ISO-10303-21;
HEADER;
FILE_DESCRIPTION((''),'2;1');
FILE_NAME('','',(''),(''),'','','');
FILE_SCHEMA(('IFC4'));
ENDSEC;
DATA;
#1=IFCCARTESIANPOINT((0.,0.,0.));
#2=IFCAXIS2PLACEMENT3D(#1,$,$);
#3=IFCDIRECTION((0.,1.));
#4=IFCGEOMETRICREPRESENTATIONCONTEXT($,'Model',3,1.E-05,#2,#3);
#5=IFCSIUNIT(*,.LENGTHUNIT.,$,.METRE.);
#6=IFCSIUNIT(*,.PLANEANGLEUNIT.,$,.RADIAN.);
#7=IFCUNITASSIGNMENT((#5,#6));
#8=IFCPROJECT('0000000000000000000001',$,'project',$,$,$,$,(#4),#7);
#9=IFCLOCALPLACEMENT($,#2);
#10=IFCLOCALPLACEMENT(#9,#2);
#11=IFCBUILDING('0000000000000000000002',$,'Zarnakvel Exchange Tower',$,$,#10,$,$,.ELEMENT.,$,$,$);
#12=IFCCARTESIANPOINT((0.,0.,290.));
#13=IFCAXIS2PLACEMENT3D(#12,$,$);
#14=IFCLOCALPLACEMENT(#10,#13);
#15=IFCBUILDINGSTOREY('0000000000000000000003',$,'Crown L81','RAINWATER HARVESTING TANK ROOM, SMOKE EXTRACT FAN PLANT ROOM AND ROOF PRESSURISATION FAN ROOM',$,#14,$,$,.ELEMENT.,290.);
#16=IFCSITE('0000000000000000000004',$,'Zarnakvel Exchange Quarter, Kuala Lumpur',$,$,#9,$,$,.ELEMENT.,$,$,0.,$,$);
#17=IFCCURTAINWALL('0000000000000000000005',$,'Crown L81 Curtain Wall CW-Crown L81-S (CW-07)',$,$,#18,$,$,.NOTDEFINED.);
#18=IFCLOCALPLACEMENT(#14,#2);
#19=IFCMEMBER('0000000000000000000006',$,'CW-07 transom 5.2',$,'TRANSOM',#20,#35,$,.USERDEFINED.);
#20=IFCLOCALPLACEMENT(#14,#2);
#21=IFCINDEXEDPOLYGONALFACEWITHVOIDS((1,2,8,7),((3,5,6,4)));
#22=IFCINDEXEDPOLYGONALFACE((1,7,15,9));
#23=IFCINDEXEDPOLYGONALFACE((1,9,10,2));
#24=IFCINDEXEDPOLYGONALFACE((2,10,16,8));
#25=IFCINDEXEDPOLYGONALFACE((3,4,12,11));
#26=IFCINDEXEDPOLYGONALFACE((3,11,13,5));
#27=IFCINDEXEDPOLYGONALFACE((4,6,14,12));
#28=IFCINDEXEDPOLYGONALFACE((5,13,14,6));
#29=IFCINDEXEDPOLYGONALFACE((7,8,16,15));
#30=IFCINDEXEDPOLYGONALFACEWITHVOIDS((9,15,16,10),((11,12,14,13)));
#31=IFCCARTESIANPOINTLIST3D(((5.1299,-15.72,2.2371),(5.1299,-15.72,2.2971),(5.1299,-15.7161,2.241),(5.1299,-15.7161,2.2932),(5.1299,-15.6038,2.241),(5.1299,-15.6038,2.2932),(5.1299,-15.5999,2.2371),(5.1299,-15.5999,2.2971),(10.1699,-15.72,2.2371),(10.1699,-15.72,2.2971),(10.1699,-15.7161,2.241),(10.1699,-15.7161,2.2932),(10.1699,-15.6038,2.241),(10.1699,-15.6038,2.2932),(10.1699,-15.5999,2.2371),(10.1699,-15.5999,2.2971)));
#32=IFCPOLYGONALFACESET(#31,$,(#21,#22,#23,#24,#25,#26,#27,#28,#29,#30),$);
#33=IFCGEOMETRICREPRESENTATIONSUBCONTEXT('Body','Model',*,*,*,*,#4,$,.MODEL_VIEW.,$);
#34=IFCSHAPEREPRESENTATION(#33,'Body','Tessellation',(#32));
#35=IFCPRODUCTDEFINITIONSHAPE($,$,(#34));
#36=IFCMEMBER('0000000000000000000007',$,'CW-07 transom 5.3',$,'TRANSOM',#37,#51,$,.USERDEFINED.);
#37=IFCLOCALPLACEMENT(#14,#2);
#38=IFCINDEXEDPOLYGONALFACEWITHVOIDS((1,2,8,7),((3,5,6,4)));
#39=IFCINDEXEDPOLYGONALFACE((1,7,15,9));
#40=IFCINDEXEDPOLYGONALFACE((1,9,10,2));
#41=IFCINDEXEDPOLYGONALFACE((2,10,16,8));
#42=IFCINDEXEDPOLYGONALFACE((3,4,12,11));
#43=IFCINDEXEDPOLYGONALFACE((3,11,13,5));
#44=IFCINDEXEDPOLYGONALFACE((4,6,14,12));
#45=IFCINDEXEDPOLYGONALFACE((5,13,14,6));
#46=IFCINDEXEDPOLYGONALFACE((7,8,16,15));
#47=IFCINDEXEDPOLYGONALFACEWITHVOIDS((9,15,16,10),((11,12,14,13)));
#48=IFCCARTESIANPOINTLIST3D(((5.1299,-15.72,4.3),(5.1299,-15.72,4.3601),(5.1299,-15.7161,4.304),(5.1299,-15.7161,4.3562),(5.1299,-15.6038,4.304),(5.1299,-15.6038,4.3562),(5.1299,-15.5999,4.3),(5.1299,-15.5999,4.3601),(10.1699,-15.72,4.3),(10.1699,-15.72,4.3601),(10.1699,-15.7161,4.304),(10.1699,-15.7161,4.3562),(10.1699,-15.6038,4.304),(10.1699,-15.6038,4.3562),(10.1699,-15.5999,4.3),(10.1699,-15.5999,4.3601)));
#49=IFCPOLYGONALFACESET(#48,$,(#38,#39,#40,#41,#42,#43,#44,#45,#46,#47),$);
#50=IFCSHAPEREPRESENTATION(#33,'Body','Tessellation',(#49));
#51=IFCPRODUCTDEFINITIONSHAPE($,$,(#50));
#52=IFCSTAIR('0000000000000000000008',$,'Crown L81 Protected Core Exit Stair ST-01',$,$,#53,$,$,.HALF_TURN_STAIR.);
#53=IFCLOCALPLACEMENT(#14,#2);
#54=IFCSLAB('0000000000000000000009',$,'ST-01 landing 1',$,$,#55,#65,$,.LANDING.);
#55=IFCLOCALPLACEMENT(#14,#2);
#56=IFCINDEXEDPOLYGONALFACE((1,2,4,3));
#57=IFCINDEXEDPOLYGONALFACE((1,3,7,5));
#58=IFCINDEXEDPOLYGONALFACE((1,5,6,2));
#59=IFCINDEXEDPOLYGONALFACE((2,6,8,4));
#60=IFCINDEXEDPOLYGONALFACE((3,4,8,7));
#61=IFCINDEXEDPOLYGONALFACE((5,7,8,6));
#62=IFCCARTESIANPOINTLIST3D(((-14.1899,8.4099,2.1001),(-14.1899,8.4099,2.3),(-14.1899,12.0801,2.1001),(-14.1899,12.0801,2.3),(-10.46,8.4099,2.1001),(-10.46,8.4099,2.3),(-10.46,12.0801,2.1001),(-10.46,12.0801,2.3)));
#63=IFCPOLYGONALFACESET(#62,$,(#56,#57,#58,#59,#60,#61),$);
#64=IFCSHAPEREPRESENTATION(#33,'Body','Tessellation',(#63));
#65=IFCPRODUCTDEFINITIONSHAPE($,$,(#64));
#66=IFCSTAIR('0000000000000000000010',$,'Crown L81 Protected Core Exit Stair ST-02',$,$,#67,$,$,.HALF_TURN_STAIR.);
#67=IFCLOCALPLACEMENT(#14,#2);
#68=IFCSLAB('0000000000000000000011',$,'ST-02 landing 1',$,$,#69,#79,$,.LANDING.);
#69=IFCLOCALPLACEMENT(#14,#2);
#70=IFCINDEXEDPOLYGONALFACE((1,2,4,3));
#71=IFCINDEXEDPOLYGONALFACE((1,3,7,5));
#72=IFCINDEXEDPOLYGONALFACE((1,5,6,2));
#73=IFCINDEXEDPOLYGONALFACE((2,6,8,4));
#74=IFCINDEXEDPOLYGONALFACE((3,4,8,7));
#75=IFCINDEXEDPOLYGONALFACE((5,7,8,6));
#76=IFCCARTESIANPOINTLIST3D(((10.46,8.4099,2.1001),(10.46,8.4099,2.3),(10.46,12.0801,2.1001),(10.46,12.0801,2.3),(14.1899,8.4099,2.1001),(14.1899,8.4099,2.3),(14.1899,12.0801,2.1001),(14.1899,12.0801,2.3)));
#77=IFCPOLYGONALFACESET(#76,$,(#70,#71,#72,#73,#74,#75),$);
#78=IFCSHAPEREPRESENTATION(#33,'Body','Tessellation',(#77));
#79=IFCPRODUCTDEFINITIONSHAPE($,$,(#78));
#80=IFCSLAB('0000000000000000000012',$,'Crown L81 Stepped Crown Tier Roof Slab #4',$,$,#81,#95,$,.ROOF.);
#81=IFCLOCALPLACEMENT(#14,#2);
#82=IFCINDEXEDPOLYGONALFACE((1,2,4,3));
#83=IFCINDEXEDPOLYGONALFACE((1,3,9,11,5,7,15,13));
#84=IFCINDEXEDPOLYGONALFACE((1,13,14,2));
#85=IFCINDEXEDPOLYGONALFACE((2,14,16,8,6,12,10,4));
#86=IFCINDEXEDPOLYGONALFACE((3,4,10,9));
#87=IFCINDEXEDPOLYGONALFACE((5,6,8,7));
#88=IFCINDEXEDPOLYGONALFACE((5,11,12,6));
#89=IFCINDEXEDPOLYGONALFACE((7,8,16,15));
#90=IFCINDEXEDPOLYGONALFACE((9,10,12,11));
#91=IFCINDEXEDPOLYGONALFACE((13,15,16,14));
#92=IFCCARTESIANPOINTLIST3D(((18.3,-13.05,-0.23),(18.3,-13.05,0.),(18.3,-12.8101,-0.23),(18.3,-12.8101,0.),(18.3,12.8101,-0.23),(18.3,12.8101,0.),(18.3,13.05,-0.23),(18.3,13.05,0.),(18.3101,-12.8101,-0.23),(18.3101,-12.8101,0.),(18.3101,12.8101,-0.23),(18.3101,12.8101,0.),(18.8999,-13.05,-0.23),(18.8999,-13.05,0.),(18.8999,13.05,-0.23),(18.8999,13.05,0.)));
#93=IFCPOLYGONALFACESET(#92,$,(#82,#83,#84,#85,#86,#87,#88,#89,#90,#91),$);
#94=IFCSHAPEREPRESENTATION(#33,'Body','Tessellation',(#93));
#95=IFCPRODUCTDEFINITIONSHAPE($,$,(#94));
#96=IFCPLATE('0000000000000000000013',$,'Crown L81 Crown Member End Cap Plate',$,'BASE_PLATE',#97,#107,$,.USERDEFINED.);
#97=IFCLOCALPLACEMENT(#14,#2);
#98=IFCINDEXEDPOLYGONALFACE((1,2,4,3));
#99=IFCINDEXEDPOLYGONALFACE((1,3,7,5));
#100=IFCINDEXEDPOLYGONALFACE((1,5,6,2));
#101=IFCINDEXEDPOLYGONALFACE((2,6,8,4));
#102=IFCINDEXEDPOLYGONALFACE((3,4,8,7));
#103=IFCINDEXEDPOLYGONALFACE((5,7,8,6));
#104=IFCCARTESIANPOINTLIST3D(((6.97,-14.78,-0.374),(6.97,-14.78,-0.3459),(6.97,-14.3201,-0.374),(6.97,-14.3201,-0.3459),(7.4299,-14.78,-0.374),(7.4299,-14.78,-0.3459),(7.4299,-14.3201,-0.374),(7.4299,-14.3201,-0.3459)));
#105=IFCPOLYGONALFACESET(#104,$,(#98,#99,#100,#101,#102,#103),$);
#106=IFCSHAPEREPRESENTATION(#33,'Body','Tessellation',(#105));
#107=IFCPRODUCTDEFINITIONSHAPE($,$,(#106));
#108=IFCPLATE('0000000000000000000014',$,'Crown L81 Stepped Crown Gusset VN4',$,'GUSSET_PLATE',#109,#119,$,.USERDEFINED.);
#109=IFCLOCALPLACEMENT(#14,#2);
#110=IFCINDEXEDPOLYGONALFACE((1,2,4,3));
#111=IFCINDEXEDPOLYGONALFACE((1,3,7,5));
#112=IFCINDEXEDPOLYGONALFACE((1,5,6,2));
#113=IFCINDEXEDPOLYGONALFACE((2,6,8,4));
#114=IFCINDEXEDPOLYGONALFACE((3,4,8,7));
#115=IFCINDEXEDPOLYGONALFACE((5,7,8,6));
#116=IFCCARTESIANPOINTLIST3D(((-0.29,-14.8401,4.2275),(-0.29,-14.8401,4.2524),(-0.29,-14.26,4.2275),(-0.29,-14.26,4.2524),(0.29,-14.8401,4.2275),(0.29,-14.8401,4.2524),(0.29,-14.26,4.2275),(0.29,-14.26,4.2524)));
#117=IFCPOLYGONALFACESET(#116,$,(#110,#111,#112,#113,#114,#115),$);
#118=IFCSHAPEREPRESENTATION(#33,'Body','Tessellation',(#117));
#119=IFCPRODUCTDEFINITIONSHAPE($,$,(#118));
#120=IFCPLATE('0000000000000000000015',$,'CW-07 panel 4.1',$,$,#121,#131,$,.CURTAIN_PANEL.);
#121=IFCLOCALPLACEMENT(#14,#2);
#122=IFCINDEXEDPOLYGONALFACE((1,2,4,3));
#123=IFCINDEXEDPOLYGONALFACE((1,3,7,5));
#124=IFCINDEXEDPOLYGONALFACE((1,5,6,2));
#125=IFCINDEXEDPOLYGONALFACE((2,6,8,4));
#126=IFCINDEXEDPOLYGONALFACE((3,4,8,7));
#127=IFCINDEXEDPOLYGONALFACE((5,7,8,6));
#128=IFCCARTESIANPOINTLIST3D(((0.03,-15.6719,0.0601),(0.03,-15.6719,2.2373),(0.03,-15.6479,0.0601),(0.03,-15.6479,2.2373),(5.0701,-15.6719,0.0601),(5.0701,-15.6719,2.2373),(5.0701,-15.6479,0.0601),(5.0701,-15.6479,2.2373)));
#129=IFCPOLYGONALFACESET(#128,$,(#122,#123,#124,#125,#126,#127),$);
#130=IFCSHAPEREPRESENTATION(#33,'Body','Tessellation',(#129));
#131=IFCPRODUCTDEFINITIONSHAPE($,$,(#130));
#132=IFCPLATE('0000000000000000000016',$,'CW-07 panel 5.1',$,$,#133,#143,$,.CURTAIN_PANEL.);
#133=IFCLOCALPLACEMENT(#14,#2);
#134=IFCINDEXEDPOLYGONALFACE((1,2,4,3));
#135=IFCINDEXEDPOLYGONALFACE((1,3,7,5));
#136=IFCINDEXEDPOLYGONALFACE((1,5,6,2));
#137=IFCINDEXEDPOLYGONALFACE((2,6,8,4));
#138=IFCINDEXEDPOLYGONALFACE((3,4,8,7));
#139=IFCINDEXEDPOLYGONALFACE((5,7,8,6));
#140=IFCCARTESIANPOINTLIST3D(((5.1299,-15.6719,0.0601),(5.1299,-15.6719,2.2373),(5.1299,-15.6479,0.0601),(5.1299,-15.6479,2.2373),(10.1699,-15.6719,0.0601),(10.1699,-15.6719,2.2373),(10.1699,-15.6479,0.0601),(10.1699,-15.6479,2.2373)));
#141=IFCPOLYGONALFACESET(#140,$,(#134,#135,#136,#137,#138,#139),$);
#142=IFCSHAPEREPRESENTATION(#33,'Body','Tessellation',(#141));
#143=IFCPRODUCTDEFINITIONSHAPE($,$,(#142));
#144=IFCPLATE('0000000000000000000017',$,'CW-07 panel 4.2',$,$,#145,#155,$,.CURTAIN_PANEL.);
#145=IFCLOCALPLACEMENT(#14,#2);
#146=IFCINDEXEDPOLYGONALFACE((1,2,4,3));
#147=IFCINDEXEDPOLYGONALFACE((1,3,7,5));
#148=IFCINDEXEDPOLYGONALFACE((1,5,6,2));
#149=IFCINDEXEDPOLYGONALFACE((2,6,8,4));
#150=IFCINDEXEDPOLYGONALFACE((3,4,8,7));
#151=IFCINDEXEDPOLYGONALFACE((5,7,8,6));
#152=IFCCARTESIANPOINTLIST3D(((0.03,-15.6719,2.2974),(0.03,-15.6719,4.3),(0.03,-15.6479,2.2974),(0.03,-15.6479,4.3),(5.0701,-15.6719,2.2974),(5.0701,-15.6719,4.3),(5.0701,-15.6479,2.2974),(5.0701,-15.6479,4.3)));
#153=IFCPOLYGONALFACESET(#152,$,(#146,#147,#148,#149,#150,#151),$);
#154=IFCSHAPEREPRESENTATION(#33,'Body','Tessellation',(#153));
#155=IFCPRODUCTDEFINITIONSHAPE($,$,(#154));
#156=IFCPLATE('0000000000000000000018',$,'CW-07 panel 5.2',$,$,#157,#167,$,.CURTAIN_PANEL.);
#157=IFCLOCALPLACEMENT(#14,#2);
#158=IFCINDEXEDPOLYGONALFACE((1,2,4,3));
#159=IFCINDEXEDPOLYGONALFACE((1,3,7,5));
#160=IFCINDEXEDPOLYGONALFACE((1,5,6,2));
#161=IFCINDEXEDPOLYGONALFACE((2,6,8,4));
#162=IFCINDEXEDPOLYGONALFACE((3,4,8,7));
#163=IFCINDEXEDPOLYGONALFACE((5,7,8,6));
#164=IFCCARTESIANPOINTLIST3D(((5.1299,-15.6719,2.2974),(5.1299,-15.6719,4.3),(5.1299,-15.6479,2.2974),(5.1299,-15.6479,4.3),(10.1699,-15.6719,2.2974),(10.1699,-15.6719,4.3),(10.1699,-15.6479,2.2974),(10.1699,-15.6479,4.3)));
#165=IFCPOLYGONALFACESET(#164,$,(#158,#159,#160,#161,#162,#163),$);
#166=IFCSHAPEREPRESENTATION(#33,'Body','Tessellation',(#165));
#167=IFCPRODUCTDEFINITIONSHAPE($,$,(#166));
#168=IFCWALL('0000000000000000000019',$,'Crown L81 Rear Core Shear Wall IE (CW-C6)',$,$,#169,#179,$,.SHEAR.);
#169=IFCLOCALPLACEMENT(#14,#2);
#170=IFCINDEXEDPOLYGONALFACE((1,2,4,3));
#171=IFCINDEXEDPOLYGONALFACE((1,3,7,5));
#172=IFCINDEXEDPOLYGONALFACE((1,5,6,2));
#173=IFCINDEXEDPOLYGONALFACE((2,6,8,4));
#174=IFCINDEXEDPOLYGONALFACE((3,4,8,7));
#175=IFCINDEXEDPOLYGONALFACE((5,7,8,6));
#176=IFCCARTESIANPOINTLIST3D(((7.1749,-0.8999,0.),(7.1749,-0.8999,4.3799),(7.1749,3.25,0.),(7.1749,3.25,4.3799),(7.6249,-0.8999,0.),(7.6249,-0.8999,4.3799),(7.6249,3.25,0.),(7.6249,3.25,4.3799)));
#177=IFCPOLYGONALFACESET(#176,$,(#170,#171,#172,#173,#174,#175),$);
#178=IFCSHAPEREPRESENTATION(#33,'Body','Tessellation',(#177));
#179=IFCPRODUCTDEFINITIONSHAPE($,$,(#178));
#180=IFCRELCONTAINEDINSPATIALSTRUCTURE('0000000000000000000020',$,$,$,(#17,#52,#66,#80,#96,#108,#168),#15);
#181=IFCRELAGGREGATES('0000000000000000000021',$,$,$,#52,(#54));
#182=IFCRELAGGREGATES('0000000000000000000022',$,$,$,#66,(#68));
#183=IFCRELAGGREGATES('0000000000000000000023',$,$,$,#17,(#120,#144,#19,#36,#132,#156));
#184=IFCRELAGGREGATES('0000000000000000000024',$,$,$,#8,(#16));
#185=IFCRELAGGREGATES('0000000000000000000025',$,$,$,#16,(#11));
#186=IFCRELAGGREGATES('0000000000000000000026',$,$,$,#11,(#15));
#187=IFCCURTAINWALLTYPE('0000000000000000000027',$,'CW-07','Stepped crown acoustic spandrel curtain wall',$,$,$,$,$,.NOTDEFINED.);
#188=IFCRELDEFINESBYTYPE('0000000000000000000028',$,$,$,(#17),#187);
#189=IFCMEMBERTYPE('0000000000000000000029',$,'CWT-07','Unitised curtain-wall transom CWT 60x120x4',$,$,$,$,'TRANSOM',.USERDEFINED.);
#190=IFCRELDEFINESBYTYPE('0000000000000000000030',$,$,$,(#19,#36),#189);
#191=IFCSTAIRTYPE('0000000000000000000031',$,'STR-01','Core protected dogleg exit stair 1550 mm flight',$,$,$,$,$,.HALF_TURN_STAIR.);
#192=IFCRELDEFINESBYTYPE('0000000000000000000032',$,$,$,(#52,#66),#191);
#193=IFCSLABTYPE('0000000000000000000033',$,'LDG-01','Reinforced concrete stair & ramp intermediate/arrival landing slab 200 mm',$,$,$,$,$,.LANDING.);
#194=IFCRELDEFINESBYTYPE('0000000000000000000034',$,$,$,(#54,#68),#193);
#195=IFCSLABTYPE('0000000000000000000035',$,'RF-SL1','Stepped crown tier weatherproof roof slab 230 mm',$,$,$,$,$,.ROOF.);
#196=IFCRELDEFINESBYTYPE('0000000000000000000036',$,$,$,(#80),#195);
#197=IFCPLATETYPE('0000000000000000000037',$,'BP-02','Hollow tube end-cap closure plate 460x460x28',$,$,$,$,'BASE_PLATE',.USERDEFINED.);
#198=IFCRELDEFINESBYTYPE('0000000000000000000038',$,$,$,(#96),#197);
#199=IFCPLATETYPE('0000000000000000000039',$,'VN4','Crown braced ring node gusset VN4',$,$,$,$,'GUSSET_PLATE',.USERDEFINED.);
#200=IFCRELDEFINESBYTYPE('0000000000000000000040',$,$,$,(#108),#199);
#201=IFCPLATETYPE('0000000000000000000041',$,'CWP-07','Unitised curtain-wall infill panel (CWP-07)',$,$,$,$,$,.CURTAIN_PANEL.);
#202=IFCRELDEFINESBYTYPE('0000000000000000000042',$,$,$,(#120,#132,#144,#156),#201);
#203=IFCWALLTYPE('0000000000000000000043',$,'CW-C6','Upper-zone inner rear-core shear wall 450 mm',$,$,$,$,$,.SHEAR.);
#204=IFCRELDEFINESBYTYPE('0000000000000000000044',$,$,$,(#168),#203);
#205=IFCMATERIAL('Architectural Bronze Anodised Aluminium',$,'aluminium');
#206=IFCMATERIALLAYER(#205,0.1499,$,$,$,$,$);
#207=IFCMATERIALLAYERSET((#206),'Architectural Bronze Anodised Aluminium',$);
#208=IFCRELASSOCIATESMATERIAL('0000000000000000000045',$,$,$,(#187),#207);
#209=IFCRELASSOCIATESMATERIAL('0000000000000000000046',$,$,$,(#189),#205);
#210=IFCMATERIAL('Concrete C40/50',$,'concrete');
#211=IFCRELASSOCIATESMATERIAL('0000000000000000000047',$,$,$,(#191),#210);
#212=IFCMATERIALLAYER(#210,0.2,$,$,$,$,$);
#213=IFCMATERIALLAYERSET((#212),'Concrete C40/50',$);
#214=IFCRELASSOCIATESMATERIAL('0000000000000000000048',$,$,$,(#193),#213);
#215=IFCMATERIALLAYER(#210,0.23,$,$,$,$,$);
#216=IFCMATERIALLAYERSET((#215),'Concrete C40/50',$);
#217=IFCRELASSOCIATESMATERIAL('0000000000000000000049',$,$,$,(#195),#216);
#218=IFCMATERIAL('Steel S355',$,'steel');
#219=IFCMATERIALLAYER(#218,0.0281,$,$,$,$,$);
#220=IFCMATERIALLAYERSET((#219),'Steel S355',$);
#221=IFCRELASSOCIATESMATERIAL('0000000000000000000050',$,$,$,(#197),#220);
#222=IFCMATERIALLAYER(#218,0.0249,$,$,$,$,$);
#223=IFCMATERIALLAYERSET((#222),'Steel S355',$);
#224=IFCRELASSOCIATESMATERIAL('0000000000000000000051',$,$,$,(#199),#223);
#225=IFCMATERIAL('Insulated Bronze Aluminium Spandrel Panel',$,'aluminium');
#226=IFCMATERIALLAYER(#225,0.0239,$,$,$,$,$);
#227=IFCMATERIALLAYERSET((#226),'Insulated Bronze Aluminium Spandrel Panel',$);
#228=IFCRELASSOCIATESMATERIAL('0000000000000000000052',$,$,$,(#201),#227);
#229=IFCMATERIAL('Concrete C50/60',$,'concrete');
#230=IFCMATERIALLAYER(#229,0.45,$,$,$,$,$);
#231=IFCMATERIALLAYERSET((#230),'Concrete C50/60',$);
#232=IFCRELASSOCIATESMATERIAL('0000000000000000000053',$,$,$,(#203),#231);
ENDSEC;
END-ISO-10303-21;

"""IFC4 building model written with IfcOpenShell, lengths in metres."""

from ifc_helpers import new_model, si_unit, direction, frame, frame_2d, origin, origin_2d, place, context, subcontext, project, spatial, polyline, rectangle, hollow_rectangle, outline, extrude, source, transform, mapped, material, layer, layer_set, material_profile, profile_set, type_object, element, aggregate, save


model = new_model("IFC4")

# Units and contexts
model_context = context("Model", 3, precision=1e-05, world=origin(), true_north=direction((0.0, 1.0)))
body_context = subcontext(model_context, "Body", "Model", "MODEL_VIEW")
ifc_project = project(units=[si_unit("LENGTHUNIT", "METRE"), si_unit("PLANEANGLEUNIT", "RADIAN")], contexts=[model_context])

# Site, building, storey
site_placement = place(None, origin())
site = spatial("IfcSite", under=ifc_project, at=site_placement, Name="Zarnakvel Exchange Quarter, Kuala Lumpur", CompositionType="ELEMENT", RefElevation=0.0)
building_placement = place(site_placement, origin())
building = spatial("IfcBuilding", under=site, at=building_placement, Name="Zarnakvel Exchange Tower", CompositionType="ELEMENT")
storey_placement = place(building_placement, frame((0.0, 0.0, 290.0)))
storey = spatial("IfcBuildingStorey", under=building, at=storey_placement, Name="Crown L81", Description="RAINWATER HARVESTING TANK ROOM, SMOKE EXTRACT FAN PLANT ROOM AND ROOF PRESSURISATION FAN ROOM", CompositionType="ELEMENT", Elevation=290.0)

# Shared definitions
ifc_material_1 = material(Name="Concrete C50/60", Category="concrete")
ifc_material_2 = material(Name="Steel S355", Category="steel")

# Curtain wall, members
ifc_material_3 = material(Name="Architectural Bronze Anodised Aluminium", Category="aluminium")
ifc_layer_1 = layer(ifc_material_3, 0.1499)
ifc_layer_set_1 = layer_set([ifc_layer_1], Name="Architectural Bronze Anodised Aluminium")
curtain_wall_type = type_object("IfcCurtainWallType", Name="CW-07", Description="Stepped crown acoustic spandrel curtain wall", PredefinedType="NOTDEFINED", material=ifc_layer_set_1)
curtain_wall_placement = place(storey_placement, origin())
curtain_wall = element("IfcCurtainWall", 1, at=curtain_wall_placement, inside=storey, type_object=curtain_wall_type, Name="Crown L81 Curtain Wall CW-Crown L81-S (CW-07)", PredefinedType="NOTDEFINED")
ifc_material_profile_1 = material_profile(ifc_material_3, hollow_rectangle(XDim=0.1201, YDim=0.0601, WallThickness=0.0039, at=origin_2d()))
ifc_profile_set_1 = profile_set([ifc_material_profile_1], Name="Architectural Bronze Anodised Aluminium")
member_type_1 = type_object("IfcMemberType", Name="CWT-07", Description="Unitised curtain-wall transom CWT 60x120x4", ElementType="TRANSOM", PredefinedType="USERDEFINED", material=ifc_profile_set_1)
shared_shape_1 = source(origin(), body_context, "Body", "SweptSolid", [
    extrude(hollow_rectangle(XDim=0.1201, YDim=0.0601, WallThickness=0.0039, at=origin_2d()), origin(), (0.0, 0.0, 1.0), 5.04),
])
member_1_placement = place(storey_placement, frame((5.1299, -15.6599, 2.2671), z_axis=(1.0, 0.0, 0.0), x_axis=(0.0, 1.0, 0.0)))
member_1 = element("IfcMember", 2, at=member_1_placement, type_object=member_type_1, Name="CW-07 transom 5.2", ObjectType="TRANSOM", PredefinedType="USERDEFINED", context=body_context, shape_type="MappedRepresentation", body=[
    mapped(shared_shape_1, transform((0.0, 0.0, 0.0), x_axis=(1.0, 0.0, 0.0), y_axis=(0.0, 1.0, 0.0), z_axis=(0.0, 0.0, 1.0), scale=1.0)),
])
member_2_placement = place(storey_placement, frame((5.1299, -15.6599, 4.3301), z_axis=(1.0, 0.0, 0.0), x_axis=(0.0, 1.0, 0.0)))
member_2 = element("IfcMember", 3, at=member_2_placement, type_object=member_type_1, Name="CW-07 transom 5.3", ObjectType="TRANSOM", PredefinedType="USERDEFINED", context=body_context, shape_type="MappedRepresentation", body=[
    mapped(shared_shape_1, transform((0.0, 0.0, 0.0), x_axis=(1.0, 0.0, 0.0), y_axis=(0.0, 1.0, 0.0), z_axis=(0.0, 0.0, 1.0), scale=1.0)),
])

# Stairs, slabs
ifc_material_4 = material(Name="Concrete C40/50", Category="concrete")
stair_type = type_object("IfcStairType", Name="STR-01", Description="Core protected dogleg exit stair 1550 mm flight", PredefinedType="HALF_TURN_STAIR", material=ifc_material_4)
stair_1_placement = place(storey_placement, origin())
stair_1 = element("IfcStair", 4, at=stair_1_placement, inside=storey, type_object=stair_type, Name="Crown L81 Protected Core Exit Stair ST-01", PredefinedType="HALF_TURN_STAIR")
ifc_layer_2 = layer(ifc_material_4, 0.2)
ifc_layer_set_2 = layer_set([ifc_layer_2], Name="Concrete C40/50")
slab_type_1 = type_object("IfcSlabType", Name="LDG-01", Description="Reinforced concrete stair & ramp intermediate/arrival landing slab 200 mm", PredefinedType="LANDING", material=ifc_layer_set_2)
slab_1_placement = place(storey_placement, frame((0.0, 0.0, 2.1001)))
slab_1 = element("IfcSlab", 5, at=slab_1_placement, type_object=slab_type_1, Name="ST-01 landing 1", PredefinedType="LANDING", context=body_context, shape_type="SweptSolid", body=[
    extrude(outline(polyline([(-14.1899, 8.4099), (-10.46, 8.4099), (-10.46, 12.0801), (-14.1899, 12.0801), (-14.1899, 8.4099)])), origin(), (0.0, 0.0, 1.0), 0.2),
])
aggregate(stair_1, [slab_1])
stair_2_placement = place(storey_placement, origin())
stair_2 = element("IfcStair", 6, at=stair_2_placement, inside=storey, type_object=stair_type, Name="Crown L81 Protected Core Exit Stair ST-02", PredefinedType="HALF_TURN_STAIR")
slab_2_placement = place(storey_placement, frame((0.0, 0.0, 2.1001)))
slab_2 = element("IfcSlab", 7, at=slab_2_placement, type_object=slab_type_1, Name="ST-02 landing 1", PredefinedType="LANDING", context=body_context, shape_type="SweptSolid", body=[
    extrude(outline(polyline([(10.46, 8.4099), (14.1899, 8.4099), (14.1899, 12.0801), (10.46, 12.0801), (10.46, 8.4099)])), origin(), (0.0, 0.0, 1.0), 0.2),
])
aggregate(stair_2, [slab_2])

# Slab
ifc_layer_3 = layer(ifc_material_4, 0.23)
ifc_layer_set_3 = layer_set([ifc_layer_3], Name="Concrete C40/50")
slab_type_2 = type_object("IfcSlabType", Name="RF-SL1", Description="Stepped crown tier weatherproof roof slab 230 mm", PredefinedType="ROOF", material=ifc_layer_set_3)
slab_3_placement = place(storey_placement, frame((0.0, 0.0, -0.23)))
element("IfcSlab", 8, at=slab_3_placement, inside=storey, type_object=slab_type_2, Name="Crown L81 Stepped Crown Tier Roof Slab #4", PredefinedType="ROOF", context=body_context, shape_type="SweptSolid", body=[
    extrude(outline(polyline([(18.8999, 13.05), (18.8999, -13.05), (18.3, -13.05), (18.3, -12.8101), (18.3101, -12.8101), (18.3101, 12.8101), (18.3, 12.8101), (18.3, 13.05), (18.8999, 13.05)])), origin(), (0.0, 0.0, 1.0), 0.23),
])

# Plates
ifc_layer_4 = layer(ifc_material_2, 0.0281)
ifc_layer_set_4 = layer_set([ifc_layer_4], Name="Steel S355")
plate_type_1 = type_object("IfcPlateType", Name="BP-02", Description="Hollow tube end-cap closure plate 460x460x28", ElementType="BASE_PLATE", PredefinedType="USERDEFINED", material=ifc_layer_set_4)
shared_shape_2 = source(origin(), body_context, "Body", "SweptSolid", [
    extrude(rectangle(XDim=0.46, YDim=0.46, at=origin_2d()), origin(), (0.0, 0.0, 1.0), 0.0281),
])
plate_1_placement = place(storey_placement, frame((7.2, -14.55, -0.374), z_axis=(0.0, 0.0, 1.0), x_axis=(1.0, 0.0, 0.0)))
element("IfcPlate", 9, at=plate_1_placement, inside=storey, type_object=plate_type_1, Name="Crown L81 Crown Member End Cap Plate", ObjectType="BASE_PLATE", PredefinedType="USERDEFINED", context=body_context, shape_type="MappedRepresentation", body=[
    mapped(shared_shape_2, transform((0.0, 0.0, 0.0), x_axis=(1.0, 0.0, 0.0), y_axis=(0.0, 1.0, 0.0), z_axis=(0.0, 0.0, 1.0), scale=1.0)),
])
ifc_layer_5 = layer(ifc_material_2, 0.0249)
ifc_layer_set_5 = layer_set([ifc_layer_5], Name="Steel S355")
plate_type_2 = type_object("IfcPlateType", Name="VN4", Description="Crown braced ring node gusset VN4", ElementType="GUSSET_PLATE", PredefinedType="USERDEFINED", material=ifc_layer_set_5)
shared_shape_3 = source(origin(), body_context, "Body", "SweptSolid", [
    extrude(rectangle(XDim=0.5801, YDim=0.5801, at=origin_2d()), origin(), (0.0, 0.0, 1.0), 0.0249),
])
plate_2_placement = place(storey_placement, frame((0.0, -14.55, 4.2275), z_axis=(0.0, 0.0, 1.0), x_axis=(1.0, 0.0, 0.0)))
element("IfcPlate", 10, at=plate_2_placement, inside=storey, type_object=plate_type_2, Name="Crown L81 Stepped Crown Gusset VN4", ObjectType="GUSSET_PLATE", PredefinedType="USERDEFINED", context=body_context, shape_type="MappedRepresentation", body=[
    mapped(shared_shape_3, transform((0.0, 0.0, 0.0), x_axis=(1.0, 0.0, 0.0), y_axis=(0.0, 1.0, 0.0), z_axis=(0.0, 0.0, 1.0), scale=1.0)),
])

# Plates
ifc_material_5 = material(Name="Insulated Bronze Aluminium Spandrel Panel", Category="aluminium")
ifc_layer_6 = layer(ifc_material_5, 0.0239)
ifc_layer_set_6 = layer_set([ifc_layer_6], Name="Insulated Bronze Aluminium Spandrel Panel")
plate_type_3 = type_object("IfcPlateType", Name="CWP-07", Description="Unitised curtain-wall infill panel (CWP-07)", PredefinedType="CURTAIN_PANEL", material=ifc_layer_set_6)
shared_shape_4 = source(origin(), body_context, "Body", "SweptSolid", [
    extrude(rectangle(XDim=5.04, YDim=0.0239, at=origin_2d()), origin(), (0.0, 0.0, 1.0), 2.1772),
])
plate_3_placement = place(storey_placement, frame((2.55, -15.6599, 0.0601), z_axis=(0.0, 0.0, 1.0), x_axis=(1.0, 0.0, 0.0)))
plate_3 = element("IfcPlate", 11, at=plate_3_placement, type_object=plate_type_3, Name="CW-07 panel 4.1", PredefinedType="CURTAIN_PANEL", context=body_context, shape_type="MappedRepresentation", body=[
    mapped(shared_shape_4, transform((0.0, 0.0, 0.0), x_axis=(1.0, 0.0, 0.0), y_axis=(0.0, 1.0, 0.0), z_axis=(0.0, 0.0, 1.0), scale=1.0)),
])
plate_4_placement = place(storey_placement, frame((7.6499, -15.6599, 0.0601), z_axis=(0.0, 0.0, 1.0), x_axis=(1.0, 0.0, 0.0)))
plate_4 = element("IfcPlate", 12, at=plate_4_placement, type_object=plate_type_3, Name="CW-07 panel 5.1", PredefinedType="CURTAIN_PANEL", context=body_context, shape_type="MappedRepresentation", body=[
    mapped(shared_shape_4, transform((0.0, 0.0, 0.0), x_axis=(1.0, 0.0, 0.0), y_axis=(0.0, 1.0, 0.0), z_axis=(0.0, 0.0, 1.0), scale=1.0)),
])
shared_shape_5 = source(origin(), body_context, "Body", "SweptSolid", [
    extrude(rectangle(XDim=5.04, YDim=0.0239, at=origin_2d()), origin(), (0.0, 0.0, 1.0), 2.0027),
])
plate_5_placement = place(storey_placement, frame((2.55, -15.6599, 2.2974), z_axis=(0.0, 0.0, 1.0), x_axis=(1.0, 0.0, 0.0)))
plate_5 = element("IfcPlate", 13, at=plate_5_placement, type_object=plate_type_3, Name="CW-07 panel 4.2", PredefinedType="CURTAIN_PANEL", context=body_context, shape_type="MappedRepresentation", body=[
    mapped(shared_shape_5, transform((0.0, 0.0, 0.0), x_axis=(1.0, 0.0, 0.0), y_axis=(0.0, 1.0, 0.0), z_axis=(0.0, 0.0, 1.0), scale=1.0)),
])
plate_6_placement = place(storey_placement, frame((7.6499, -15.6599, 2.2974), z_axis=(0.0, 0.0, 1.0), x_axis=(1.0, 0.0, 0.0)))
plate_6 = element("IfcPlate", 14, at=plate_6_placement, type_object=plate_type_3, Name="CW-07 panel 5.2", PredefinedType="CURTAIN_PANEL", context=body_context, shape_type="MappedRepresentation", body=[
    mapped(shared_shape_5, transform((0.0, 0.0, 0.0), x_axis=(1.0, 0.0, 0.0), y_axis=(0.0, 1.0, 0.0), z_axis=(0.0, 0.0, 1.0), scale=1.0)),
])
aggregate(curtain_wall, [plate_3, plate_5, member_1, member_2, plate_4, plate_6])

# Wall
ifc_layer_7 = layer(ifc_material_1, 0.45)
ifc_layer_set_7 = layer_set([ifc_layer_7], Name="Concrete C50/60")
wall_type_1 = type_object("IfcWallType", Name="CW-C6", Description="Upper-zone inner rear-core shear wall 450 mm", PredefinedType="SHEAR", material=ifc_layer_set_7)
wall_1_placement = place(storey_placement, frame((7.3999, -0.8999, 0.0), z_axis=(0.0, 0.0, 1.0), x_axis=(0.0, 1.0, 0.0)))
element("IfcWall", 15, at=wall_1_placement, inside=storey, type_object=wall_type_1, Name="Crown L81 Rear Core Shear Wall IE (CW-C6)", PredefinedType="SHEAR", context=body_context, shape_type="SweptSolid", body=[
    extrude(rectangle(XDim=4.1499, YDim=0.45, at=frame_2d((2.075, 0.0))), origin(), (0.0, 0.0, 1.0), 4.3799),
])

save(model, "model.ifc")
